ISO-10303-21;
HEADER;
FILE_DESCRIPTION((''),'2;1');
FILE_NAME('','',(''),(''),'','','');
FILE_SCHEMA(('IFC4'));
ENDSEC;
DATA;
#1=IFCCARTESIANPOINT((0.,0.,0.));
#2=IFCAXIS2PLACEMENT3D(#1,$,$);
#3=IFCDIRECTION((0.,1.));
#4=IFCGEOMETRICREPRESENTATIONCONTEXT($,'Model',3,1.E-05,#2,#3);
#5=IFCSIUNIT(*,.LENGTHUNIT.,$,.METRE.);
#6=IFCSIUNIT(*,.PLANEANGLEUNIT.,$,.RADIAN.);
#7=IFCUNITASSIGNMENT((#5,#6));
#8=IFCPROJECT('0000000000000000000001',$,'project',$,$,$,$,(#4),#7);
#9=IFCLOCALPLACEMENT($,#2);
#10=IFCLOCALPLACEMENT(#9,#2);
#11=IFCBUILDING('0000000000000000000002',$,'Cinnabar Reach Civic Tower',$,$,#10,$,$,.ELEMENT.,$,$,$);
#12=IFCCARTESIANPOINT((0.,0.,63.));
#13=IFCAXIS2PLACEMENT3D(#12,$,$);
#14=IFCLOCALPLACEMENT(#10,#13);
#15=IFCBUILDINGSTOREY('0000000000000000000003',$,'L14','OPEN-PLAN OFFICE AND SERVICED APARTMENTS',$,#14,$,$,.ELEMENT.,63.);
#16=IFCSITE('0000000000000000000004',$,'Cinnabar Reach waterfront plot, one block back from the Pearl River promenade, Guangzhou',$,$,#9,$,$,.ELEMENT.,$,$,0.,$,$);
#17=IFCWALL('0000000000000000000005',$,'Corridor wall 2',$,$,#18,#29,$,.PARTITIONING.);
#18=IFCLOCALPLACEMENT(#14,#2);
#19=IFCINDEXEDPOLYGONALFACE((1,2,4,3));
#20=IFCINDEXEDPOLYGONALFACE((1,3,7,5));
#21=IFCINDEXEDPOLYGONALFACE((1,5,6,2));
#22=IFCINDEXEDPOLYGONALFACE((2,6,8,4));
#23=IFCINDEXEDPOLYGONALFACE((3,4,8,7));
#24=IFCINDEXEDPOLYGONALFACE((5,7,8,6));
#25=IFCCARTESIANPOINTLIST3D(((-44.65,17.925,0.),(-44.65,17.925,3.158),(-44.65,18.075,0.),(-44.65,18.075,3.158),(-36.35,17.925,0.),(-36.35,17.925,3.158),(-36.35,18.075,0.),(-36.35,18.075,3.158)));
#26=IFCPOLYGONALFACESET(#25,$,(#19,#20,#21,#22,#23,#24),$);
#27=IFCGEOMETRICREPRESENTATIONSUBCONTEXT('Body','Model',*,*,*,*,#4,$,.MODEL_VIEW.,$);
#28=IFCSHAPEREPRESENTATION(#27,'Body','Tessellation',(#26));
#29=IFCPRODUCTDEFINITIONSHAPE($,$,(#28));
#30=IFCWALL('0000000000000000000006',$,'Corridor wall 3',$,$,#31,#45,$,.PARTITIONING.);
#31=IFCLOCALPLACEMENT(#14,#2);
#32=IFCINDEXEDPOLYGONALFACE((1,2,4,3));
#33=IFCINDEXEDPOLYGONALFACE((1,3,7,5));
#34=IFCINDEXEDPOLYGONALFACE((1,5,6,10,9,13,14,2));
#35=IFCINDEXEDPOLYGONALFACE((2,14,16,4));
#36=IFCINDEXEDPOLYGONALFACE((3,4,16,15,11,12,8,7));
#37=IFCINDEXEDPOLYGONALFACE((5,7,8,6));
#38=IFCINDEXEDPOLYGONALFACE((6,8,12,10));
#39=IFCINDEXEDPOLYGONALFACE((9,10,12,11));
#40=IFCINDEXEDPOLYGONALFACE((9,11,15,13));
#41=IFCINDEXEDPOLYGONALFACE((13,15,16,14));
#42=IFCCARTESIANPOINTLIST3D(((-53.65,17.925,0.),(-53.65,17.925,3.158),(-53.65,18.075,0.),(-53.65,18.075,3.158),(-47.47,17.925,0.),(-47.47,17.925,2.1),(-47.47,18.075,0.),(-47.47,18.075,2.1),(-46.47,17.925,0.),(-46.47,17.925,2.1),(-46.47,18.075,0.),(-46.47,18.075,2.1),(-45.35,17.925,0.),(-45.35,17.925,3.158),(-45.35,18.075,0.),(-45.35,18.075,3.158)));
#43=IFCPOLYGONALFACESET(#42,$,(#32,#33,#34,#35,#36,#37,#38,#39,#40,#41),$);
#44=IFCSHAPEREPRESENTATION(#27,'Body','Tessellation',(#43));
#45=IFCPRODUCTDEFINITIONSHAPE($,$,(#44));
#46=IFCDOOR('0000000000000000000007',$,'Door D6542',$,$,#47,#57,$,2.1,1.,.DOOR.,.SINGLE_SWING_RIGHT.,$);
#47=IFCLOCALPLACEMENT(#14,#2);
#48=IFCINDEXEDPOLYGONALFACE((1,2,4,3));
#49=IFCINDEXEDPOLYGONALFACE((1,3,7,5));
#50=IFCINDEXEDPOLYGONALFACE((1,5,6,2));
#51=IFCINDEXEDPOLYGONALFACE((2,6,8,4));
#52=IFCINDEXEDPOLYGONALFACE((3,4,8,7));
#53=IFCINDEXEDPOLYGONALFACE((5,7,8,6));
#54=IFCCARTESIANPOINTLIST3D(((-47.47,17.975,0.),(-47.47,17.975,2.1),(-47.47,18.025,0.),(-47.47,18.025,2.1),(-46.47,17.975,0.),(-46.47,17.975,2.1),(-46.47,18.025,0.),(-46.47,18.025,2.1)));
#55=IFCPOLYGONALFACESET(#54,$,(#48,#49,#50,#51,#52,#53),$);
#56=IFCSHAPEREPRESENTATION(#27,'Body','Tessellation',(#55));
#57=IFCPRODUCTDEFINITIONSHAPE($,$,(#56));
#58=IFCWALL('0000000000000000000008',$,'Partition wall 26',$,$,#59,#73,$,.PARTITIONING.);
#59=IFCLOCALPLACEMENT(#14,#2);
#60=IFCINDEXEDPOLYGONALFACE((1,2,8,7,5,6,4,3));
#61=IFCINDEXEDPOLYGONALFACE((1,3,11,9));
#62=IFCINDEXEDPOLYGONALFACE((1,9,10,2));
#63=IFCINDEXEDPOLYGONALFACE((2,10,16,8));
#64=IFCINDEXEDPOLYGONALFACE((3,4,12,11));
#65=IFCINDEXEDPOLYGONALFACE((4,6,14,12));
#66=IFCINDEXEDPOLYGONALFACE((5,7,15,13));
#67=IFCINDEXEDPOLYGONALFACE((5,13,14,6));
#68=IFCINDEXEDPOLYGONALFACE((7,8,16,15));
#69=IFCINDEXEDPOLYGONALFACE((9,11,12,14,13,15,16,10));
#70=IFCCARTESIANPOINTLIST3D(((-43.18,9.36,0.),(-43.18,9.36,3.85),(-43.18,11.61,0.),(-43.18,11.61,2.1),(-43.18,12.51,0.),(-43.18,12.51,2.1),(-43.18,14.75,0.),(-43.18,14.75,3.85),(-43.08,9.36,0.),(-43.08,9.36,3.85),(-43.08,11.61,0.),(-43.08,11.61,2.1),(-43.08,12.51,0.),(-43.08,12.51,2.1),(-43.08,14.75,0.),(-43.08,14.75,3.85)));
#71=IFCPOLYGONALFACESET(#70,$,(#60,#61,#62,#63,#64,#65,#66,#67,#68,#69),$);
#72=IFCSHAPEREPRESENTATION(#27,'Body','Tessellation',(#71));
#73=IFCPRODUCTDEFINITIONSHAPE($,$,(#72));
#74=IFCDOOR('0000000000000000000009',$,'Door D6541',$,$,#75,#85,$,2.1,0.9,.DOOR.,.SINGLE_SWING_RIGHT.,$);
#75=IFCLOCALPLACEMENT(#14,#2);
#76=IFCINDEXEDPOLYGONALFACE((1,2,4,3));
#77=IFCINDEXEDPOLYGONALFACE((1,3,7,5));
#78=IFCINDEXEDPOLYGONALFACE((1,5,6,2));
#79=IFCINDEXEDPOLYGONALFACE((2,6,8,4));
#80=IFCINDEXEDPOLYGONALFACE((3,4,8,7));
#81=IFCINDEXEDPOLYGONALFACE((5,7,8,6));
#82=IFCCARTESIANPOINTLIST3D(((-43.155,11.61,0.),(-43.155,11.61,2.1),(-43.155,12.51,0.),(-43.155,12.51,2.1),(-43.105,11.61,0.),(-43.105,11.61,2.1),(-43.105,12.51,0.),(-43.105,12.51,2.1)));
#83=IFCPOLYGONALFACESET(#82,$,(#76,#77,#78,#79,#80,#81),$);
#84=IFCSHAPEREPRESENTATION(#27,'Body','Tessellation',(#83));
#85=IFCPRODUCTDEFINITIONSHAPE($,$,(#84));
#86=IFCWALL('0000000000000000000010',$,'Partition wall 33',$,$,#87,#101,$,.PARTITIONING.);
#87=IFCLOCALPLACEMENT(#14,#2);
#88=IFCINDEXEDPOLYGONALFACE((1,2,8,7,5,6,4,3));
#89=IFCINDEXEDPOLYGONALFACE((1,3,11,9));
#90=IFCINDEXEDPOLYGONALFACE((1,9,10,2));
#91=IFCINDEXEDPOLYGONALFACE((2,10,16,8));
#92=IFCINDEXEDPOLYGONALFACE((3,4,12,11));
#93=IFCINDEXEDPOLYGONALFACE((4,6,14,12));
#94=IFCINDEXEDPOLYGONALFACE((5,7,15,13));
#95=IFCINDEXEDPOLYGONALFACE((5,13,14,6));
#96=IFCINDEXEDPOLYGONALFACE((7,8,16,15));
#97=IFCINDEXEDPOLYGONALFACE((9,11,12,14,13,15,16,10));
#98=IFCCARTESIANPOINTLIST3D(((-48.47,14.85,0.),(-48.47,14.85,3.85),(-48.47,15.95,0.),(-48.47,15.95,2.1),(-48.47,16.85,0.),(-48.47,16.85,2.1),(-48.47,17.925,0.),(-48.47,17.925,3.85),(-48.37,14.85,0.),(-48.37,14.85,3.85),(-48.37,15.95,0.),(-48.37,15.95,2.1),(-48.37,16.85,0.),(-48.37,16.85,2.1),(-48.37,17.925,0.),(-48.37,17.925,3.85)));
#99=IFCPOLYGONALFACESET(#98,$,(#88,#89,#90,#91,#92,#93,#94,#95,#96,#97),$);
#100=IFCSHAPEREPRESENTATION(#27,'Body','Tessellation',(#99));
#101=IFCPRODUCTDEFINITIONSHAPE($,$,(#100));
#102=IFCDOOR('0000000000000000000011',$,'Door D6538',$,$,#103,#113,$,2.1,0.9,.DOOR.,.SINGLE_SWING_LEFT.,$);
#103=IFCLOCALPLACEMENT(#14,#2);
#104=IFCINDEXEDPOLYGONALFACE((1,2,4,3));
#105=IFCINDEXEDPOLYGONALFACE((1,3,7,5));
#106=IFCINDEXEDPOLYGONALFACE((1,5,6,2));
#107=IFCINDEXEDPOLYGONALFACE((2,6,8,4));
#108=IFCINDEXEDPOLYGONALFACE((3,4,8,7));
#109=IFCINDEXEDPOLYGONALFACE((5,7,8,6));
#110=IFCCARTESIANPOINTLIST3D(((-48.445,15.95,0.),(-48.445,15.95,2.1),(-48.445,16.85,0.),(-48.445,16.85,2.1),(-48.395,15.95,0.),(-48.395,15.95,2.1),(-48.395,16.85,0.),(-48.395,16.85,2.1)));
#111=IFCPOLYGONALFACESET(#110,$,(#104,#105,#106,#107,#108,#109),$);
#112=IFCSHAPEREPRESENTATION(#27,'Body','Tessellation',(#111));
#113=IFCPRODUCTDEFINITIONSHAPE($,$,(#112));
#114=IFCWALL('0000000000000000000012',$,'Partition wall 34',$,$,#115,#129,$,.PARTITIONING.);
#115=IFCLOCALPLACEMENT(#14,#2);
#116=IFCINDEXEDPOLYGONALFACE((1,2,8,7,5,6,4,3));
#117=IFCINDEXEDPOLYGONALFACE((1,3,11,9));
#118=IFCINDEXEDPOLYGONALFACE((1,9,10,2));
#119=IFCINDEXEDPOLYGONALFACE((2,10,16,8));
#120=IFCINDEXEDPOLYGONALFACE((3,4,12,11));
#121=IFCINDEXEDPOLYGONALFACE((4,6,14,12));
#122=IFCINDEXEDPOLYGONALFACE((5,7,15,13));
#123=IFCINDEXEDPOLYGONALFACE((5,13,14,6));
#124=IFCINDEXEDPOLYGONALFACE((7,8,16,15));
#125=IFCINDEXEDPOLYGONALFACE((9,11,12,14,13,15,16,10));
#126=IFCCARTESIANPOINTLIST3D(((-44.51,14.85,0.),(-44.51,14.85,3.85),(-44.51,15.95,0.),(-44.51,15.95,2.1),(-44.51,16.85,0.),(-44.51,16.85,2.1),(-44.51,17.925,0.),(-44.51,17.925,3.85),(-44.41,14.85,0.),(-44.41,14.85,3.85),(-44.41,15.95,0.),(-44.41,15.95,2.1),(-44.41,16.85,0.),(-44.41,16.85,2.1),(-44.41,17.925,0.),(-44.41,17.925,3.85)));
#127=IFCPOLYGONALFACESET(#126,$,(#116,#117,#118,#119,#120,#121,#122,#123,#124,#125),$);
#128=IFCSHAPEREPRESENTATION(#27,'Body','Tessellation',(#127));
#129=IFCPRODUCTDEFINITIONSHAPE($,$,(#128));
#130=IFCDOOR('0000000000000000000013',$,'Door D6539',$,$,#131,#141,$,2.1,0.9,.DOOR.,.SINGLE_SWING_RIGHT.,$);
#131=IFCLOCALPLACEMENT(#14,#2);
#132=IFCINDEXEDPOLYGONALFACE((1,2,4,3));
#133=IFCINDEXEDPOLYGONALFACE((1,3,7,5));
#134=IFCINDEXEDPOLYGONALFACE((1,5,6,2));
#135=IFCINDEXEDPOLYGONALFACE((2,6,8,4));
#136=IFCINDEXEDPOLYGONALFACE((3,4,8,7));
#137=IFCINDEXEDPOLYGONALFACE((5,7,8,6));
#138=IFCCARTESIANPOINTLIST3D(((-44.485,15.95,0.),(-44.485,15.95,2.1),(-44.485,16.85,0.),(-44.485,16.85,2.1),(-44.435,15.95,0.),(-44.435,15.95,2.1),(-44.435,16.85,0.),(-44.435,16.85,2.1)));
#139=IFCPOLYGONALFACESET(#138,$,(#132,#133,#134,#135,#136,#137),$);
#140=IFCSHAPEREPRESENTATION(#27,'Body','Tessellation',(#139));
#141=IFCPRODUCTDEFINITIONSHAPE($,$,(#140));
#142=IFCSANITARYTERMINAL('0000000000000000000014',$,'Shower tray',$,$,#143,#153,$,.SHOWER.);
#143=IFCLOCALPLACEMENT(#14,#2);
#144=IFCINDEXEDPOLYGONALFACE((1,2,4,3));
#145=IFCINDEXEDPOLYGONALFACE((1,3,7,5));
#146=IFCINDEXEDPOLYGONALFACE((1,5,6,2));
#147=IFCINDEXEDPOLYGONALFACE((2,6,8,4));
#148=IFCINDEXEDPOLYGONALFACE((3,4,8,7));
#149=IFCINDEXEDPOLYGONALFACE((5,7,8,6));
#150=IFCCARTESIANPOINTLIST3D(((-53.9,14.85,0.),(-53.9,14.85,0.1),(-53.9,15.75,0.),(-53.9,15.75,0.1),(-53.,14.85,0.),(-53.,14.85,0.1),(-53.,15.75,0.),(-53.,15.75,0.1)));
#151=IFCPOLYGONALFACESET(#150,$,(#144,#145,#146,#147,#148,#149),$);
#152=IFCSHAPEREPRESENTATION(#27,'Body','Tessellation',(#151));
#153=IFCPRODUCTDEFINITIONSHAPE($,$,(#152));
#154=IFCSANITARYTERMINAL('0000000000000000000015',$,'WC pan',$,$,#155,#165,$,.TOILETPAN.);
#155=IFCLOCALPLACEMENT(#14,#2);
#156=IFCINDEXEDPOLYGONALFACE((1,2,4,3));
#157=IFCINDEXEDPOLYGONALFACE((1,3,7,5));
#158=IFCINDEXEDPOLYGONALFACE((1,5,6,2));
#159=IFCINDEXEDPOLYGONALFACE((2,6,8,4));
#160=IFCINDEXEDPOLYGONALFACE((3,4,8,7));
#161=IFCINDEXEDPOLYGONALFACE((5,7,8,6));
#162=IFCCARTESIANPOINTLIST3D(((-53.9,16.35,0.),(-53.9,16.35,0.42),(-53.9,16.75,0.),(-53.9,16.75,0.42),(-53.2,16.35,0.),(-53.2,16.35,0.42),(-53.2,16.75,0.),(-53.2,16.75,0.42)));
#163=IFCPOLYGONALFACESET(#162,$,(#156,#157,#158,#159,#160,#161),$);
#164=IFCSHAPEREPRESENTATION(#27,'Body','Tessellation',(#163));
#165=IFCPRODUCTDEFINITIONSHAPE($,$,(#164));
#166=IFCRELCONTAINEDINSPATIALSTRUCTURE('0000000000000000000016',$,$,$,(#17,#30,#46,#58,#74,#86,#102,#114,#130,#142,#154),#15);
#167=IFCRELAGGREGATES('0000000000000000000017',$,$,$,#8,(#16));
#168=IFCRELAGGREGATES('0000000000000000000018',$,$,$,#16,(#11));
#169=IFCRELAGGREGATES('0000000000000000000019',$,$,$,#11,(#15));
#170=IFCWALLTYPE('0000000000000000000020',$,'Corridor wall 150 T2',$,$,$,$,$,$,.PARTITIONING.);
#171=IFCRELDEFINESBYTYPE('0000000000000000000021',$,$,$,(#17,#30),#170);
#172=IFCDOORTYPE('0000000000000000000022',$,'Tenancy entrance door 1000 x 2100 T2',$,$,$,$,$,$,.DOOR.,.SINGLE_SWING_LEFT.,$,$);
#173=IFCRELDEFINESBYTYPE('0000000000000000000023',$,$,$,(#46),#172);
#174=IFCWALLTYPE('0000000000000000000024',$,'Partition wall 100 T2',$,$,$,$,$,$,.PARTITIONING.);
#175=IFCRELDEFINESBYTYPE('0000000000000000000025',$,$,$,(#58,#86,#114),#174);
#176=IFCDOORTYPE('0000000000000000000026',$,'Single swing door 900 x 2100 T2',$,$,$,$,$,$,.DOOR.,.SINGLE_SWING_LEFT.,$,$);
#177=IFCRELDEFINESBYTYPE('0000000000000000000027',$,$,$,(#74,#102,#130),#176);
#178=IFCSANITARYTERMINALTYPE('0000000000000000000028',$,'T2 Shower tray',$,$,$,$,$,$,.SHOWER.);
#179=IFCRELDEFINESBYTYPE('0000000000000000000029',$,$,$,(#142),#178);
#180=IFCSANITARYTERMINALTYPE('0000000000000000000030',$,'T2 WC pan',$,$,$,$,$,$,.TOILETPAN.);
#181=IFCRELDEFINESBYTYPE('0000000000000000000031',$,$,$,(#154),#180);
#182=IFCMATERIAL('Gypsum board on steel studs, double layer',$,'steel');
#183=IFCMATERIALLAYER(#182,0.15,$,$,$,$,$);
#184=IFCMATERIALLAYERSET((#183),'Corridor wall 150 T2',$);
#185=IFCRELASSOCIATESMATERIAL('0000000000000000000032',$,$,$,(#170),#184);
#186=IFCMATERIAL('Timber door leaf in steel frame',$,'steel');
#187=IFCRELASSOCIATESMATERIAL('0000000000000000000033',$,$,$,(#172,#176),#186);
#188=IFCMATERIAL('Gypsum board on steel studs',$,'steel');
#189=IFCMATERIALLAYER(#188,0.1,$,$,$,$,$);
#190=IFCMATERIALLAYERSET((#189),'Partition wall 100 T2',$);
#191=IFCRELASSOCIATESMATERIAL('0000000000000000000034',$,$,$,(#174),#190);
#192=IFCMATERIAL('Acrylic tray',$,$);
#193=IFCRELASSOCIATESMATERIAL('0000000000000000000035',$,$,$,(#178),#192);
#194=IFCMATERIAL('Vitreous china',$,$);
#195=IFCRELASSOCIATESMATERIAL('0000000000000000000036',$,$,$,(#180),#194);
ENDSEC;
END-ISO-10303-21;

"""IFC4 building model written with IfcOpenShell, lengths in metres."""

from ifc_helpers import new_model, si_unit, direction, frame, frame_2d, origin, origin_2d, place, context, subcontext, project, spatial, rectangle, extrude, material, layer, layer_set, type_object, element, fill, save


model = new_model("IFC4")

# Units and contexts
model_context = context("Model", 3, precision=1e-05, world=origin(), true_north=direction((0.0, 1.0)))
body_context = subcontext(model_context, "Body", "Model", "MODEL_VIEW")
ifc_project = project(units=[si_unit("LENGTHUNIT", "METRE"), si_unit("PLANEANGLEUNIT", "RADIAN")], contexts=[model_context])

# Site, building, storey
site_placement = place(None, origin())
site = spatial("IfcSite", under=ifc_project, at=site_placement, Name="Cinnabar Reach waterfront plot, one block back from the Pearl River promenade, Guangzhou", CompositionType="ELEMENT", RefElevation=0.0)
building_placement = place(site_placement, origin())
building = spatial("IfcBuilding", under=site, at=building_placement, Name="Cinnabar Reach Civic Tower", CompositionType="ELEMENT")
storey_placement = place(building_placement, frame((0.0, 0.0, 63.0)))
storey = spatial("IfcBuildingStorey", under=building, at=storey_placement, Name="L14", Description="OPEN-PLAN OFFICE AND SERVICED APARTMENTS", CompositionType="ELEMENT", Elevation=63.0)

# Wall
ifc_material_1 = material(Name="Gypsum board on steel studs, double layer", Category="steel")
ifc_layer_1 = layer(ifc_material_1, 0.15)
ifc_layer_set_1 = layer_set([ifc_layer_1], Name="Corridor wall 150 T2")
wall_type_1 = type_object("IfcWallType", Name="Corridor wall 150 T2", PredefinedType="PARTITIONING", material=ifc_layer_set_1)
wall_1_placement = place(storey_placement, frame((-44.65, 18.0, 0.0), z_axis=(0.0, 0.0, 1.0), x_axis=(1.0, 0.0, 0.0)))
element("IfcWall", 1, at=wall_1_placement, inside=storey, type_object=wall_type_1, Name="Corridor wall 2", PredefinedType="PARTITIONING", context=body_context, shape_type="SweptSolid", body=[
    extrude(rectangle(XDim=8.3, YDim=0.15, at=frame_2d((4.15, 0.0))), origin(), (0.0, 0.0, 1.0), 3.158),
])

# Walls, openings, doors
wall_2_placement = place(storey_placement, frame((-53.65, 18.0, 0.0), z_axis=(0.0, 0.0, 1.0), x_axis=(1.0, 0.0, 0.0)))
wall_2 = element("IfcWall", 2, at=wall_2_placement, inside=storey, type_object=wall_type_1, Name="Corridor wall 3", PredefinedType="PARTITIONING", context=body_context, shape_type="SweptSolid", body=[
    extrude(rectangle(XDim=8.3, YDim=0.15, at=frame_2d((4.15, 0.0))), origin(), (0.0, 0.0, 1.0), 3.158),
])
opening_1_placement = place(wall_2_placement, frame((6.18, 0.0, 0.0)))
opening_1 = element("IfcOpeningElement", 3, at=opening_1_placement, cuts=wall_2, PredefinedType="OPENING", context=body_context, shape_type="SweptSolid", body=[
    extrude(rectangle(XDim=1.0, YDim=2.1, at=frame_2d((0.5, 1.05))), frame((0.0, 0.085, 0.0), z_axis=(0.0, -1.0, 0.0), x_axis=(1.0, 0.0, 0.0)), (0.0, 0.0, 1.0), 0.17),
])
ifc_material_2 = material(Name="Timber door leaf in steel frame", Category="steel")
door_type_1 = type_object("IfcDoorType", Name="Tenancy entrance door 1000 x 2100 T2", OperationType="SINGLE_SWING_LEFT", PredefinedType="DOOR", material=ifc_material_2)
door_1_placement = place(opening_1_placement, frame((1.0, 0.0, 0.0), z_axis=(0.0, 0.0, 1.0), x_axis=(-1.0, 0.0, 0.0)))
door_1 = element("IfcDoor", 4, at=door_1_placement, inside=storey, type_object=door_type_1, Name="Door D6542", OperationType="SINGLE_SWING_RIGHT", OverallHeight=2.1, OverallWidth=1.0, PredefinedType="DOOR", context=body_context, shape_type="SweptSolid", body=[
    extrude(rectangle(XDim=1.0, YDim=2.1, at=frame_2d((0.5, 1.05))), frame((0.0, 0.025, 0.0), z_axis=(0.0, -1.0, 0.0), x_axis=(1.0, 0.0, 0.0)), (0.0, 0.0, 1.0), 0.05),
])
fill(opening_1, door_1)
ifc_material_3 = material(Name="Gypsum board on steel studs", Category="steel")
ifc_layer_2 = layer(ifc_material_3, 0.1)
ifc_layer_set_2 = layer_set([ifc_layer_2], Name="Partition wall 100 T2")
wall_type_2 = type_object("IfcWallType", Name="Partition wall 100 T2", PredefinedType="PARTITIONING", material=ifc_layer_set_2)
wall_3_placement = place(storey_placement, frame((-43.13, 9.36, 0.0), z_axis=(0.0, 0.0, 1.0), x_axis=(0.0, 1.0, 0.0)))
wall_3 = element("IfcWall", 5, at=wall_3_placement, inside=storey, type_object=wall_type_2, Name="Partition wall 26", PredefinedType="PARTITIONING", context=body_context, shape_type="SweptSolid", body=[
    extrude(rectangle(XDim=5.39, YDim=0.1, at=frame_2d((2.695, 0.0))), origin(), (0.0, 0.0, 1.0), 3.85),
])
opening_2_placement = place(wall_3_placement, frame((2.25, 0.0, 0.0)))
opening_2 = element("IfcOpeningElement", 6, at=opening_2_placement, cuts=wall_3, PredefinedType="OPENING", context=body_context, shape_type="SweptSolid", body=[
    extrude(rectangle(XDim=0.9, YDim=2.1, at=frame_2d((0.45, 1.05))), frame((0.0, 0.06, 0.0), z_axis=(0.0, -1.0, 0.0), x_axis=(1.0, 0.0, 0.0)), (0.0, 0.0, 1.0), 0.12),
])
door_type_2 = type_object("IfcDoorType", Name="Single swing door 900 x 2100 T2", OperationType="SINGLE_SWING_LEFT", PredefinedType="DOOR", material=ifc_material_2)
door_2_placement = place(opening_2_placement, frame((0.9, 0.0, 0.0), z_axis=(0.0, 0.0, 1.0), x_axis=(-1.0, 0.0, 0.0)))
door_2 = element("IfcDoor", 7, at=door_2_placement, inside=storey, type_object=door_type_2, Name="Door D6541", OperationType="SINGLE_SWING_RIGHT", OverallHeight=2.1, OverallWidth=0.9, PredefinedType="DOOR", context=body_context, shape_type="SweptSolid", body=[
    extrude(rectangle(XDim=0.9, YDim=2.1, at=frame_2d((0.45, 1.05))), frame((0.0, 0.025, 0.0), z_axis=(0.0, -1.0, 0.0), x_axis=(1.0, 0.0, 0.0)), (0.0, 0.0, 1.0), 0.05),
])
fill(opening_2, door_2)
wall_4_placement = place(storey_placement, frame((-48.42, 14.85, 0.0), z_axis=(0.0, 0.0, 1.0), x_axis=(0.0, 1.0, 0.0)))
wall_4 = element("IfcWall", 8, at=wall_4_placement, inside=storey, type_object=wall_type_2, Name="Partition wall 33", PredefinedType="PARTITIONING", context=body_context, shape_type="SweptSolid", body=[
    extrude(rectangle(XDim=3.075, YDim=0.1, at=frame_2d((1.5375, 0.0))), origin(), (0.0, 0.0, 1.0), 3.85),
])
opening_3_placement = place(wall_4_placement, frame((1.1, 0.0, 0.0)))
opening_3 = element("IfcOpeningElement", 9, at=opening_3_placement, cuts=wall_4, PredefinedType="OPENING", context=body_context, shape_type="SweptSolid", body=[
    extrude(rectangle(XDim=0.9, YDim=2.1, at=frame_2d((0.45, 1.05))), frame((0.0, 0.06, 0.0), z_axis=(0.0, -1.0, 0.0), x_axis=(1.0, 0.0, 0.0)), (0.0, 0.0, 1.0), 0.12),
])
door_3_placement = place(opening_3_placement, origin())
door_3 = element("IfcDoor", 10, at=door_3_placement, inside=storey, type_object=door_type_2, Name="Door D6538", OperationType="SINGLE_SWING_LEFT", OverallHeight=2.1, OverallWidth=0.9, PredefinedType="DOOR", context=body_context, shape_type="SweptSolid", body=[
    extrude(rectangle(XDim=0.9, YDim=2.1, at=frame_2d((0.45, 1.05))), frame((0.0, 0.025, 0.0), z_axis=(0.0, -1.0, 0.0), x_axis=(1.0, 0.0, 0.0)), (0.0, 0.0, 1.0), 0.05),
])
fill(opening_3, door_3)
wall_5_placement = place(storey_placement, frame((-44.46, 14.85, 0.0), z_axis=(0.0, 0.0, 1.0), x_axis=(0.0, 1.0, 0.0)))
wall_5 = element("IfcWall", 11, at=wall_5_placement, inside=storey, type_object=wall_type_2, Name="Partition wall 34", PredefinedType="PARTITIONING", context=body_context, shape_type="SweptSolid", body=[
    extrude(rectangle(XDim=3.075, YDim=0.1, at=frame_2d((1.5375, 0.0))), origin(), (0.0, 0.0, 1.0), 3.85),
])
opening_4_placement = place(wall_5_placement, frame((1.1, 0.0, 0.0)))
opening_4 = element("IfcOpeningElement", 12, at=opening_4_placement, cuts=wall_5, PredefinedType="OPENING", context=body_context, shape_type="SweptSolid", body=[
    extrude(rectangle(XDim=0.9, YDim=2.1, at=frame_2d((0.45, 1.05))), frame((0.0, 0.06, 0.0), z_axis=(0.0, -1.0, 0.0), x_axis=(1.0, 0.0, 0.0)), (0.0, 0.0, 1.0), 0.12),
])
door_4_placement = place(opening_4_placement, origin())
door_4 = element("IfcDoor", 13, at=door_4_placement, inside=storey, type_object=door_type_2, Name="Door D6539", OperationType="SINGLE_SWING_RIGHT", OverallHeight=2.1, OverallWidth=0.9, PredefinedType="DOOR", context=body_context, shape_type="SweptSolid", body=[
    extrude(rectangle(XDim=0.9, YDim=2.1, at=frame_2d((0.45, 1.05))), frame((0.0, 0.025, 0.0), z_axis=(0.0, -1.0, 0.0), x_axis=(1.0, 0.0, 0.0)), (0.0, 0.0, 1.0), 0.05),
])
fill(opening_4, door_4)

# Sanitary terminals
ifc_material_4 = material(Name="Acrylic tray")
sanitary_terminal_type_1 = type_object("IfcSanitaryTerminalType", Name="T2 Shower tray", PredefinedType="SHOWER", material=ifc_material_4)
sanitary_terminal_1_placement = place(storey_placement, frame((-53.45, 15.3, 0.0), z_axis=(0.0, 0.0, 1.0), x_axis=(1.0, 0.0, 0.0)))
element("IfcSanitaryTerminal", 14, at=sanitary_terminal_1_placement, inside=storey, type_object=sanitary_terminal_type_1, Name="Shower tray", PredefinedType="SHOWER", context=body_context, shape_type="SweptSolid", body=[
    extrude(rectangle(XDim=0.9, YDim=0.9, at=origin_2d()), origin(), (0.0, 0.0, 1.0), 0.1),
])
ifc_material_5 = material(Name="Vitreous china")
sanitary_terminal_type_2 = type_object("IfcSanitaryTerminalType", Name="T2 WC pan", PredefinedType="TOILETPAN", material=ifc_material_5)
sanitary_terminal_2_placement = place(storey_placement, frame((-53.55, 16.55, 0.0), z_axis=(0.0, 0.0, 1.0), x_axis=(1.0, 0.0, 0.0)))
element("IfcSanitaryTerminal", 15, at=sanitary_terminal_2_placement, inside=storey, type_object=sanitary_terminal_type_2, Name="WC pan", PredefinedType="TOILETPAN", context=body_context, shape_type="SweptSolid", body=[
    extrude(rectangle(XDim=0.7, YDim=0.4, at=origin_2d()), origin(), (0.0, 0.0, 1.0), 0.42),
])

save(model, "model.ifc")
